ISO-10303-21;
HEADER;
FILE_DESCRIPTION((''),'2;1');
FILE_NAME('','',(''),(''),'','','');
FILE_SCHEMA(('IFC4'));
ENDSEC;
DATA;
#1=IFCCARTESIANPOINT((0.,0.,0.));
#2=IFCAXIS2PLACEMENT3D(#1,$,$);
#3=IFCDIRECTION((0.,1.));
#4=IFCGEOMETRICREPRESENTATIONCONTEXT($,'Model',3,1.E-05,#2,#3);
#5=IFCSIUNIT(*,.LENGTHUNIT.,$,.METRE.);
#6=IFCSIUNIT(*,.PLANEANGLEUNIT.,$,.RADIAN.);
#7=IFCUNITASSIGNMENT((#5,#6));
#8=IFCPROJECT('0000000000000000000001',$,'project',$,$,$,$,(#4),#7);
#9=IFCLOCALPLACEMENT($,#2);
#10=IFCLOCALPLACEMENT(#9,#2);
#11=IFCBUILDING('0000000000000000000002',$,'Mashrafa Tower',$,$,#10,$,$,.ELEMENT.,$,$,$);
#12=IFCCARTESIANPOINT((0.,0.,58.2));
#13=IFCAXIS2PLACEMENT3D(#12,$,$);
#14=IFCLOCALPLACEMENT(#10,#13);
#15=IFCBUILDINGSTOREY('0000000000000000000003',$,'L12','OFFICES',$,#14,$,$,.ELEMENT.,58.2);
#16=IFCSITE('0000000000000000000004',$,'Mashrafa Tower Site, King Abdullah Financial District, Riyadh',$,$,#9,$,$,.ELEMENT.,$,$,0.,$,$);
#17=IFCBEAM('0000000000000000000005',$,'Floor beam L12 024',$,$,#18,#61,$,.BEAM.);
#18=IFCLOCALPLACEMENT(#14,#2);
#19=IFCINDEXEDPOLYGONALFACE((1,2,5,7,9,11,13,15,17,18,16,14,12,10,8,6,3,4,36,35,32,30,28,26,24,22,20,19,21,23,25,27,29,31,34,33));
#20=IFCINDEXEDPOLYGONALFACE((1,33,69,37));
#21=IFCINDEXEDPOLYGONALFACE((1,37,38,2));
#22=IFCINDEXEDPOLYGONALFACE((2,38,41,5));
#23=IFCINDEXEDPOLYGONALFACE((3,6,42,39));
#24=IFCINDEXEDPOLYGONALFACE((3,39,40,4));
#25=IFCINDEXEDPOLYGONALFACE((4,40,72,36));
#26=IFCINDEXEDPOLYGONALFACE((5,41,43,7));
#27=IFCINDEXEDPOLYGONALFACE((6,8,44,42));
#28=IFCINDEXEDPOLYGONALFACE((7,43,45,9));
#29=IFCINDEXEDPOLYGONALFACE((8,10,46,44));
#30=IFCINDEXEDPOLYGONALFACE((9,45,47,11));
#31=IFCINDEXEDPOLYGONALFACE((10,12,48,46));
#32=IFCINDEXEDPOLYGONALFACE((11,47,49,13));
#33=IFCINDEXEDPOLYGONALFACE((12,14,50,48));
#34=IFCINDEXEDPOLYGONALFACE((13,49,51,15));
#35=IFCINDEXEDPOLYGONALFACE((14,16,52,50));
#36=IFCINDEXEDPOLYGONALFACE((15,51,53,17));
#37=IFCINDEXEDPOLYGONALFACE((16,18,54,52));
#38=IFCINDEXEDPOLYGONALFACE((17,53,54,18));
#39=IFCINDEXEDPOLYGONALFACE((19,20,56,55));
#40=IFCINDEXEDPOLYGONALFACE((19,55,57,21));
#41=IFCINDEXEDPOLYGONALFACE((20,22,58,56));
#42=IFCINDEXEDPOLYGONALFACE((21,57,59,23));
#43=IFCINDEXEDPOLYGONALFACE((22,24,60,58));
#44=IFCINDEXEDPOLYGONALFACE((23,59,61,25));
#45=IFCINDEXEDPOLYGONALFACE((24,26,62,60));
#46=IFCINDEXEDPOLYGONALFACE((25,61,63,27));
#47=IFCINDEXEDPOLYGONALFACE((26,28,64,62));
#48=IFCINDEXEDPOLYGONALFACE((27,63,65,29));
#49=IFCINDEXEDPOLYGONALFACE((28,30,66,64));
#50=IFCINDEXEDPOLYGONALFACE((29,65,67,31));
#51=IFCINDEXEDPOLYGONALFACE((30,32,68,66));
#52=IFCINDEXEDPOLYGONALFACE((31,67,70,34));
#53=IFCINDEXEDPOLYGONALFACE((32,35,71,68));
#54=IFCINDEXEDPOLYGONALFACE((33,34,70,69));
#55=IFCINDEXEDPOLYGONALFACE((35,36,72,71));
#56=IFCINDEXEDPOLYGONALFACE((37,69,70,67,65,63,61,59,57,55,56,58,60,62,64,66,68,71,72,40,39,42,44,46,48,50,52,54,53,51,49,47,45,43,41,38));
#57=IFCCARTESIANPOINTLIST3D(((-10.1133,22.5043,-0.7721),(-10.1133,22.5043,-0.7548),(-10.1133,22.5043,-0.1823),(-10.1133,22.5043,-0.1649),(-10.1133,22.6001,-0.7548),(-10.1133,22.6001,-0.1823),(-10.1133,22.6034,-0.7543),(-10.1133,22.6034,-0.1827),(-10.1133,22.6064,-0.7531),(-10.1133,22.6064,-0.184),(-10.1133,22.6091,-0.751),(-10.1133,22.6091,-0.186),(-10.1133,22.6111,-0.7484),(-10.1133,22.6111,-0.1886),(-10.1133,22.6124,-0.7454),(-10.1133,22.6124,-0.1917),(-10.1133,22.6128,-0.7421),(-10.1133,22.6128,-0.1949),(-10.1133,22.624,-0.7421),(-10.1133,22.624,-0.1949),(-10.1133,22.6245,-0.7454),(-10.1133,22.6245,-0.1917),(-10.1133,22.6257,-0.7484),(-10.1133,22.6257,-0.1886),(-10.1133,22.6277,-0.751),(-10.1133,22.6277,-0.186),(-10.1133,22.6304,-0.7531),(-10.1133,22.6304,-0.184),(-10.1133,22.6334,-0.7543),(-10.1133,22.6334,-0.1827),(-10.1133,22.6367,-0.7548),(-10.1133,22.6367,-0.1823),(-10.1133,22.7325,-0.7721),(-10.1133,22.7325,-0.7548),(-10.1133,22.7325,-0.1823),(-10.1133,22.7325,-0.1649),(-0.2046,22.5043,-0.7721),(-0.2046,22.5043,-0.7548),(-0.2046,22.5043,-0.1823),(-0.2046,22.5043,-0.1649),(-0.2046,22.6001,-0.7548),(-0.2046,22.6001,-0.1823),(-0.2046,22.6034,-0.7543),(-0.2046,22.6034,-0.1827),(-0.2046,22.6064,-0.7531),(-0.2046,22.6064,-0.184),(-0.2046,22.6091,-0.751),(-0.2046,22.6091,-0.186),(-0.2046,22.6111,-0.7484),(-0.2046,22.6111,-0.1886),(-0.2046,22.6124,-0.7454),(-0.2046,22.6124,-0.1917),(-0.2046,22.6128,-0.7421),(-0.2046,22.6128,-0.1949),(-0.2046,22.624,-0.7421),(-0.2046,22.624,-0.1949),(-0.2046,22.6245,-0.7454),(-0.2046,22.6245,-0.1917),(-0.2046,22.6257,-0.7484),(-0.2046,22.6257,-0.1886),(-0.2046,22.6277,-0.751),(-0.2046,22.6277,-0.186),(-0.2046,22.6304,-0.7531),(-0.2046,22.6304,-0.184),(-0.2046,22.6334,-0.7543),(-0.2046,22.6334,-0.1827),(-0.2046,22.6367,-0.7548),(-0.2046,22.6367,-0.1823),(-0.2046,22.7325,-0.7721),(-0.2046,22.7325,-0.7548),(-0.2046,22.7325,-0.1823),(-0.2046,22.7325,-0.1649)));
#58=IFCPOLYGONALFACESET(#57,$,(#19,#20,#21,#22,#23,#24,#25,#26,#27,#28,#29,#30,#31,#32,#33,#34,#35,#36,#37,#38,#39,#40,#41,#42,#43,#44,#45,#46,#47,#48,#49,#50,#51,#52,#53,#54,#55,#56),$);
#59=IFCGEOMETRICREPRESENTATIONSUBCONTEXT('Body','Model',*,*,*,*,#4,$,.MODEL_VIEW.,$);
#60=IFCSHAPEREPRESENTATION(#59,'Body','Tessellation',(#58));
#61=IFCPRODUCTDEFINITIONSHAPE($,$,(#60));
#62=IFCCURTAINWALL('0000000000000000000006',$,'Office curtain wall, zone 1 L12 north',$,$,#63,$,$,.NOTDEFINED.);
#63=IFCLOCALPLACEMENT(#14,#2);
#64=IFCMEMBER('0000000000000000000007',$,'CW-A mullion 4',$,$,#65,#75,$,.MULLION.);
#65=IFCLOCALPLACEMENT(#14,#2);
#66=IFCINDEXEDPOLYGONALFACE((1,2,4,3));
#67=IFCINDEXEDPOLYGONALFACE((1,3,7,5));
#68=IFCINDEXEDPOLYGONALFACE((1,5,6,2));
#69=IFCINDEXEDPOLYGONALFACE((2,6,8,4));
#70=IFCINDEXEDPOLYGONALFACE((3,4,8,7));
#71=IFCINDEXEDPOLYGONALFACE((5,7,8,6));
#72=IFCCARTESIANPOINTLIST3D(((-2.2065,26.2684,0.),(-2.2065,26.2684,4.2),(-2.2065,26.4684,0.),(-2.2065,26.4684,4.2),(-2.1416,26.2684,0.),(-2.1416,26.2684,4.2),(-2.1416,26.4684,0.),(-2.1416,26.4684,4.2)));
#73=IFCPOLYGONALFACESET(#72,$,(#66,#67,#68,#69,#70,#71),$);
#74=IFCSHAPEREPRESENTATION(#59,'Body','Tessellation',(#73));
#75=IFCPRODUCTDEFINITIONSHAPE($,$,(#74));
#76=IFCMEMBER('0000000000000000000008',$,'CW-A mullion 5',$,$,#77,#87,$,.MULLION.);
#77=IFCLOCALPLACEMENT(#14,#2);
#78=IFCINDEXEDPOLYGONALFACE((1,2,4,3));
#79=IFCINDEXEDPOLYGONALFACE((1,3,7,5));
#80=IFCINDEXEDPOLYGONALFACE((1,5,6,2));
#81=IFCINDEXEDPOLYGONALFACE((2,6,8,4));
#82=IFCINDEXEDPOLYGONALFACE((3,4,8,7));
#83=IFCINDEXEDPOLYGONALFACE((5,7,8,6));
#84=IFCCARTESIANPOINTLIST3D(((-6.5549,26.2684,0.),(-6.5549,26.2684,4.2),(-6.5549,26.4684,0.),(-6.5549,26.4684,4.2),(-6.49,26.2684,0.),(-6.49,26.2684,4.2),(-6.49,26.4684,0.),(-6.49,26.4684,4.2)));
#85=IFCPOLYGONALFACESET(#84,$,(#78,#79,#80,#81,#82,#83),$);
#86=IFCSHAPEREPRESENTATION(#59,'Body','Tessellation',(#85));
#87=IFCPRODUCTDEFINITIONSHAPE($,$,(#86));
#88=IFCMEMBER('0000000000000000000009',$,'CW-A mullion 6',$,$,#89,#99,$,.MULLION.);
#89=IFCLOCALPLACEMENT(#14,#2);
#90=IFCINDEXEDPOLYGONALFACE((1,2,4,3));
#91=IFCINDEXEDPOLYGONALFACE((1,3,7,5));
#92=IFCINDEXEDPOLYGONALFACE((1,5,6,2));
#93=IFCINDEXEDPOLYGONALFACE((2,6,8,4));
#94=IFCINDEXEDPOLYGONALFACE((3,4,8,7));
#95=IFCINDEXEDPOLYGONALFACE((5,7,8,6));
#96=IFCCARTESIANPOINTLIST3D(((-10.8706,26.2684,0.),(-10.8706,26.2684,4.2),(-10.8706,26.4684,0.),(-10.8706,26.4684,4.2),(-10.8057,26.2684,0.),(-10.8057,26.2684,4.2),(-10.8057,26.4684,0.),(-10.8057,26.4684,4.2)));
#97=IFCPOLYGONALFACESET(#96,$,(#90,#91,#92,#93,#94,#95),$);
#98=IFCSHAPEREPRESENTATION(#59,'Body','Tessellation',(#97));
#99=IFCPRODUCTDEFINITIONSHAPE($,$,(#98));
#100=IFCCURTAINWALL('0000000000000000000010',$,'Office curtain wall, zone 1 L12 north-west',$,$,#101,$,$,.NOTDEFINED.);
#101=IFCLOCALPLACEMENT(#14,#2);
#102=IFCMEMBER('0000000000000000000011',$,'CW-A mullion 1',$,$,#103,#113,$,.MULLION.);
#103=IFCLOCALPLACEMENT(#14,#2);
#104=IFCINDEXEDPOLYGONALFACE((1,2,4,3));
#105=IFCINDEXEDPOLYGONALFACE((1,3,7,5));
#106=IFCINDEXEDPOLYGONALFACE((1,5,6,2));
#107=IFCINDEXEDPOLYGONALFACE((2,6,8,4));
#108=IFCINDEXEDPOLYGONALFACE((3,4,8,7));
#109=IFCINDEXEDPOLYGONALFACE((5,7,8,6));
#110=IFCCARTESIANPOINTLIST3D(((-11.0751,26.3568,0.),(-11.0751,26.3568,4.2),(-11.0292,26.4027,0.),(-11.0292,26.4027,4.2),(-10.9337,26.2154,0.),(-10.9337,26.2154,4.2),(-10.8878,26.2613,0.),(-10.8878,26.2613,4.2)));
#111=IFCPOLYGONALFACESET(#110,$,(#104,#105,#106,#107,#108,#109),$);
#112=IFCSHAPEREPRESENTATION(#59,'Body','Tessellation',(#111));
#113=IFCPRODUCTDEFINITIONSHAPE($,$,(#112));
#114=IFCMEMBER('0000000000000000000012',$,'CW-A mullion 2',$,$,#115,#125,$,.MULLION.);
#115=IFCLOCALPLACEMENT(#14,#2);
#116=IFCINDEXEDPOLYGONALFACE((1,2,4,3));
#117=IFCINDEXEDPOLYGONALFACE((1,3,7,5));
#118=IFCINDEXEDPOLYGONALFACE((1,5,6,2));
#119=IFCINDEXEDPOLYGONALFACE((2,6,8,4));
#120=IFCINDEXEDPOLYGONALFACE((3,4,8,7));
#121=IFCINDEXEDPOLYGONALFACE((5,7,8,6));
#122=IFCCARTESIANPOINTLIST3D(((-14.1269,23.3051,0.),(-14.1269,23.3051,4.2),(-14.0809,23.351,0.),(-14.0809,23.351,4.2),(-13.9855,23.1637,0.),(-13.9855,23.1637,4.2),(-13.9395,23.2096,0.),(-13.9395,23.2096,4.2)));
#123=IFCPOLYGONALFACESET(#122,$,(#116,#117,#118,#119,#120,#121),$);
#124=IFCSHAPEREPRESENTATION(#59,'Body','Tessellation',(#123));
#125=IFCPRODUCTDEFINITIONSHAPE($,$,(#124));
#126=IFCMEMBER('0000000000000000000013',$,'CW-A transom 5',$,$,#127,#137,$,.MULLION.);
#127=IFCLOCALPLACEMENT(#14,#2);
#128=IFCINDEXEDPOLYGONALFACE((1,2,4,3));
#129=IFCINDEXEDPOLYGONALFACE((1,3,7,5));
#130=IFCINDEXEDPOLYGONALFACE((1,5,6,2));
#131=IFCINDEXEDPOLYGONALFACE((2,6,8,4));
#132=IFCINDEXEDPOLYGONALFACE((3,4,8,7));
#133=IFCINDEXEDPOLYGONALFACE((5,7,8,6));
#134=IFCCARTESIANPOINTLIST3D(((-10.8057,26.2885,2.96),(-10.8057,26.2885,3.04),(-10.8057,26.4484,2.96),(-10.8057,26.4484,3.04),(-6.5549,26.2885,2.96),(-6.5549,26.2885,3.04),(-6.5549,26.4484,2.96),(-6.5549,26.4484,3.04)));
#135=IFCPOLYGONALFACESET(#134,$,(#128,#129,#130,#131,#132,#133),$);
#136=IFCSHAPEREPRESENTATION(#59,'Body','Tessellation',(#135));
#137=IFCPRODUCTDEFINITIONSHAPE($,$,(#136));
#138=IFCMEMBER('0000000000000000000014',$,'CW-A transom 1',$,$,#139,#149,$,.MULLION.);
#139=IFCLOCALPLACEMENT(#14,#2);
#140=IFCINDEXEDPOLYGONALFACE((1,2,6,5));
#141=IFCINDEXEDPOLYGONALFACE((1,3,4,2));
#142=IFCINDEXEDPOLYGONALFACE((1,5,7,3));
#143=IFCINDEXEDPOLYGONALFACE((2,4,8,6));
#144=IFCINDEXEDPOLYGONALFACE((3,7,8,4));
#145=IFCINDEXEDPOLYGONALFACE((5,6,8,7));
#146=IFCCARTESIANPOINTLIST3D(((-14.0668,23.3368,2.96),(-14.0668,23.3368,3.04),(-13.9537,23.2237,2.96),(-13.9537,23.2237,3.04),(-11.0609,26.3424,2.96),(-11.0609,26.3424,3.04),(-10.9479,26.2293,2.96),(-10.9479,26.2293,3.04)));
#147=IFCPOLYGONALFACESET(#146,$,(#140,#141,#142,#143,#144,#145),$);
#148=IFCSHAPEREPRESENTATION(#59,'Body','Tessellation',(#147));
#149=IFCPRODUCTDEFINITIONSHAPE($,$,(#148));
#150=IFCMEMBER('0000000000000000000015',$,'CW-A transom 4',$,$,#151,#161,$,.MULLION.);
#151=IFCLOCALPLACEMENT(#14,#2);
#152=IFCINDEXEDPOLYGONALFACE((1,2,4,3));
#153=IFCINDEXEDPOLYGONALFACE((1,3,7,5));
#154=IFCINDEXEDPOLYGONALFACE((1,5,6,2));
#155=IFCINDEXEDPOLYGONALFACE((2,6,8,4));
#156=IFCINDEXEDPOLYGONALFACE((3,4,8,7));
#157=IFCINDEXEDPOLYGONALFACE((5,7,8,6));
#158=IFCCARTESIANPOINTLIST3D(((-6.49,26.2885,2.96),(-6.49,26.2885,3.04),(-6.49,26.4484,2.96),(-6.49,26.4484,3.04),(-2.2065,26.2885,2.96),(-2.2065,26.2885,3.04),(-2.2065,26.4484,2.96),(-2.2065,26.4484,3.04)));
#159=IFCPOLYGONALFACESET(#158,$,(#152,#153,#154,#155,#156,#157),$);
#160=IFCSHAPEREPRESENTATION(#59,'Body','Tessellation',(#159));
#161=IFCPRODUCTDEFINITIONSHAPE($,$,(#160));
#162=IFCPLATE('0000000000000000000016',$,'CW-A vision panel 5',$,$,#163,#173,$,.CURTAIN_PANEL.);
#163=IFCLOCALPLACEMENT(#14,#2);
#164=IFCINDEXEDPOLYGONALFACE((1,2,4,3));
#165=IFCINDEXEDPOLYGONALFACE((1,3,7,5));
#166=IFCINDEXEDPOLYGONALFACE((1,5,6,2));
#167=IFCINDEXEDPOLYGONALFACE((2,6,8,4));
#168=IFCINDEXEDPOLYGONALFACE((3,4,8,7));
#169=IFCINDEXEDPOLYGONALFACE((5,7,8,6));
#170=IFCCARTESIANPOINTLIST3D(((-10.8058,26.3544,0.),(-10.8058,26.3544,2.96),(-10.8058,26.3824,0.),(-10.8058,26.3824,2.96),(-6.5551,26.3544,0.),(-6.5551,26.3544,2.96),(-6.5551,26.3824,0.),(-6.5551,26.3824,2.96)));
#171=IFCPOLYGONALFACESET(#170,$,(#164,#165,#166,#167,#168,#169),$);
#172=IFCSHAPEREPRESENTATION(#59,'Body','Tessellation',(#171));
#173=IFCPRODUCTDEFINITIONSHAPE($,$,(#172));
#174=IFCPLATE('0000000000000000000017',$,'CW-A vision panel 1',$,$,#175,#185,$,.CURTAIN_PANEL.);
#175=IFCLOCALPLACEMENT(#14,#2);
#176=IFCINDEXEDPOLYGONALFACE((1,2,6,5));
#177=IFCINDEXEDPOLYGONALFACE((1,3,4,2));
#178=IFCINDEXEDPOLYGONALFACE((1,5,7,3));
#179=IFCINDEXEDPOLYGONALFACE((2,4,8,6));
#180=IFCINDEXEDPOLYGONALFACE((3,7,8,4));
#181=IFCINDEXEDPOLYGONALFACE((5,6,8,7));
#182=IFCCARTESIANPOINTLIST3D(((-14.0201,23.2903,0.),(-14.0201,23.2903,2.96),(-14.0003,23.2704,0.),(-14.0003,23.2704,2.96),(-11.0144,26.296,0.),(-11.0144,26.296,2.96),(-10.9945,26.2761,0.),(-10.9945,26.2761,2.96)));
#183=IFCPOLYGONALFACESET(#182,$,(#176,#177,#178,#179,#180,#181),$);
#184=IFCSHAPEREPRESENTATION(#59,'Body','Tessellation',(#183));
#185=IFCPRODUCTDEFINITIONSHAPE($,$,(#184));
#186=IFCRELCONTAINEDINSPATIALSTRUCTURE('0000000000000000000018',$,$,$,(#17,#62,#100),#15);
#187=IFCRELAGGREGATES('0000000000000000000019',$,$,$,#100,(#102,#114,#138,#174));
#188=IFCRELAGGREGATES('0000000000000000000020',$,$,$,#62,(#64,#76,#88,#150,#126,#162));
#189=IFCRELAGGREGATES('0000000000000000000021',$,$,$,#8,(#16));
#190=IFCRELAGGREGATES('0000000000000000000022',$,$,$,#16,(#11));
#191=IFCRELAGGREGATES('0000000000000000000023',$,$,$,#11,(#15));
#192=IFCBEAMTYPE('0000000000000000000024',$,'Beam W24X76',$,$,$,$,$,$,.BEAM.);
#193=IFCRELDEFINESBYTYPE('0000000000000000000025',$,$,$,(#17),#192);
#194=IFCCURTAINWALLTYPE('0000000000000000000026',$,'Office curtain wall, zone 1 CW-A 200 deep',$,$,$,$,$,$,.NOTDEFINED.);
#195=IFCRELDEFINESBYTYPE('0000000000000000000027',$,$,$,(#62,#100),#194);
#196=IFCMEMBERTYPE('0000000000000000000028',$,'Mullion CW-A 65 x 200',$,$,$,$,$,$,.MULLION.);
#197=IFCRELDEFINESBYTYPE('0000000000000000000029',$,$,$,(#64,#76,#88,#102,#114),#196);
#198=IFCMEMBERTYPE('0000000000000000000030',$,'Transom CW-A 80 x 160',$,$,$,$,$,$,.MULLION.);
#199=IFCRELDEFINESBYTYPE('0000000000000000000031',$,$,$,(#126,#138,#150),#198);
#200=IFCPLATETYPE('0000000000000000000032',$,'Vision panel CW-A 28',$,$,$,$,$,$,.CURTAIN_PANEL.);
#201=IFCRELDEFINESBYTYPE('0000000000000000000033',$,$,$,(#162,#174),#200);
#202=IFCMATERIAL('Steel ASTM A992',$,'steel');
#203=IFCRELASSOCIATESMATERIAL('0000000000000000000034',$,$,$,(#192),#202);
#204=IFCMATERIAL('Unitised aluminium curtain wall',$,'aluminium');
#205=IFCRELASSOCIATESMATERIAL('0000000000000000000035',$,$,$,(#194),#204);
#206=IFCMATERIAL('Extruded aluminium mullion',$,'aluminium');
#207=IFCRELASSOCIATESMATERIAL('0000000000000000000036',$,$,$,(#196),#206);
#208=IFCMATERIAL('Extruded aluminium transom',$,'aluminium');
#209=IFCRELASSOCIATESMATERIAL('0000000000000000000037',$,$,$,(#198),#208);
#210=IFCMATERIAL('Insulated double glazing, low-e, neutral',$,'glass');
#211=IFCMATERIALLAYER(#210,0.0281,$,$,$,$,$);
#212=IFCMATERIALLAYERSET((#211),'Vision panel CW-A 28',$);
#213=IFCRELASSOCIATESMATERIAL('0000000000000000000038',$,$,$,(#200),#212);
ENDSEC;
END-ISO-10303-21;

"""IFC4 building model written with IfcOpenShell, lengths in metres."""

from ifc_helpers import new_model, si_unit, direction, frame, origin, origin_2d, place, context, subcontext, project, spatial, rectangle, i_section, extrude, source, transform, mapped, material, layer, layer_set, material_profile, profile_set, type_object, type_shapes, element, aggregate, save


model = new_model("IFC4")

# Units and contexts
model_context = context("Model", 3, precision=1e-05, world=origin(), true_north=direction((0.0, 1.0)))
body_context = subcontext(model_context, "Body", "Model", "MODEL_VIEW")
ifc_project = project(units=[si_unit("LENGTHUNIT", "METRE"), si_unit("PLANEANGLEUNIT", "RADIAN")], contexts=[model_context])

# Site, building, storey
site_placement = place(None, origin())
site = spatial("IfcSite", under=ifc_project, at=site_placement, Name="Mashrafa Tower Site, King Abdullah Financial District, Riyadh", CompositionType="ELEMENT", RefElevation=0.0)
building_placement = place(site_placement, origin())
building = spatial("IfcBuilding", under=site, at=building_placement, Name="Mashrafa Tower", CompositionType="ELEMENT")
storey_placement = place(building_placement, frame((0.0, 0.0, 58.2)))
storey = spatial("IfcBuildingStorey", under=building, at=storey_placement, Name="L12", Description="OFFICES", CompositionType="ELEMENT", Elevation=58.2)

# Beam
ifc_material_1 = material(Name="Steel ASTM A992", Category="steel")
ifc_material_profile_1 = material_profile(ifc_material_1, i_section(OverallWidth=0.2283, OverallDepth=0.6072, WebThickness=0.0112, FlangeThickness=0.0173, FilletRadius=0.0127, at=origin_2d()), Name="W24X76")
ifc_profile_set_1 = profile_set([ifc_material_profile_1], Name="Steel ASTM A992")
beam_type_1 = type_object("IfcBeamType", Name="Beam W24X76", PredefinedType="BEAM", material=ifc_profile_set_1)
beam_1_placement = place(storey_placement, frame((-10.1133, 22.6184, -0.4685), z_axis=(1.0, 0.0, 0.0), x_axis=(0.0, 1.0, 0.0)))
element("IfcBeam", 1, at=beam_1_placement, inside=storey, type_object=beam_type_1, Name="Floor beam L12 024", PredefinedType="BEAM", context=body_context, shape_type="SweptSolid", body=[
    extrude(i_section(OverallWidth=0.2283, OverallDepth=0.6072, WebThickness=0.0112, FlangeThickness=0.0173, FilletRadius=0.0127, at=origin_2d()), origin(), (0.0, 0.0, 1.0), 9.9087),
])

# Curtain walls, members
ifc_material_2 = material(Name="Unitised aluminium curtain wall", Category="aluminium")
curtain_wall_type = type_object("IfcCurtainWallType", Name="Office curtain wall, zone 1 CW-A 200 deep", PredefinedType="NOTDEFINED", material=ifc_material_2)
curtain_wall_1_placement = place(storey_placement, origin())
curtain_wall_1 = element("IfcCurtainWall", 2, at=curtain_wall_1_placement, inside=storey, type_object=curtain_wall_type, Name="Office curtain wall, zone 1 L12 north", PredefinedType="NOTDEFINED")
ifc_material_3 = material(Name="Extruded aluminium mullion", Category="aluminium")
ifc_material_profile_2 = material_profile(ifc_material_3, rectangle(XDim=0.2, YDim=0.0649, at=origin_2d()), Name="Mullion 65x200")
ifc_profile_set_2 = profile_set([ifc_material_profile_2], Name="Extruded aluminium mullion")
member_type_1 = type_object("IfcMemberType", Name="Mullion CW-A 65 x 200", PredefinedType="MULLION", material=ifc_profile_set_2)
shared_shape_1 = source(origin(), body_context, "Body", "SweptSolid", [
    extrude(rectangle(XDim=0.2, YDim=0.0649, at=origin_2d()), origin(), (0.0, 0.0, 1.0), 4.2),
])
type_shapes(member_type_1, [shared_shape_1])
member_1_placement = place(storey_placement, frame((-2.1741, 26.3684, 0.0), z_axis=(0.0, 0.0, 1.0), x_axis=(0.0, -1.0, 0.0)))
member_1 = element("IfcMember", 3, at=member_1_placement, type_object=member_type_1, Name="CW-A mullion 4", PredefinedType="MULLION", context=body_context, shape_type="MappedRepresentation", body=[
    mapped(shared_shape_1, transform((0.0, 0.0, 0.0))),
])
member_2_placement = place(storey_placement, frame((-6.5225, 26.3684, 0.0), z_axis=(0.0, 0.0, 1.0), x_axis=(0.0, -1.0, 0.0)))
member_2 = element("IfcMember", 4, at=member_2_placement, type_object=member_type_1, Name="CW-A mullion 5", PredefinedType="MULLION", context=body_context, shape_type="MappedRepresentation", body=[
    mapped(shared_shape_1, transform((0.0, 0.0, 0.0))),
])
member_3_placement = place(storey_placement, frame((-10.8381, 26.3684, 0.0), z_axis=(0.0, 0.0, 1.0), x_axis=(0.0, -1.0, 0.0)))
member_3 = element("IfcMember", 5, at=member_3_placement, type_object=member_type_1, Name="CW-A mullion 6", PredefinedType="MULLION", context=body_context, shape_type="MappedRepresentation", body=[
    mapped(shared_shape_1, transform((0.0, 0.0, 0.0))),
])
curtain_wall_2_placement = place(storey_placement, origin())
curtain_wall_2 = element("IfcCurtainWall", 6, at=curtain_wall_2_placement, inside=storey, type_object=curtain_wall_type, Name="Office curtain wall, zone 1 L12 north-west", PredefinedType="NOTDEFINED")
member_4_placement = place(storey_placement, frame((-10.9814, 26.3091, 0.0), z_axis=(0.0, 0.0, 1.0), x_axis=(0.707107, -0.707107, 0.0)))
member_4 = element("IfcMember", 7, at=member_4_placement, type_object=member_type_1, Name="CW-A mullion 1", PredefinedType="MULLION", context=body_context, shape_type="MappedRepresentation", body=[
    mapped(shared_shape_1, transform((0.0, 0.0, 0.0))),
])
member_5_placement = place(storey_placement, frame((-14.0332, 23.2573, 0.0), z_axis=(0.0, 0.0, 1.0), x_axis=(0.707107, -0.707107, 0.0)))
member_5 = element("IfcMember", 8, at=member_5_placement, type_object=member_type_1, Name="CW-A mullion 2", PredefinedType="MULLION", context=body_context, shape_type="MappedRepresentation", body=[
    mapped(shared_shape_1, transform((0.0, 0.0, 0.0))),
])

# Members
ifc_material_4 = material(Name="Extruded aluminium transom", Category="aluminium")
ifc_material_profile_3 = material_profile(ifc_material_4, rectangle(XDim=0.1599, YDim=0.0801, at=origin_2d()), Name="Transom 80x160")
ifc_profile_set_3 = profile_set([ifc_material_profile_3], Name="Extruded aluminium transom")
member_type_2 = type_object("IfcMemberType", Name="Transom CW-A 80 x 160", PredefinedType="MULLION", material=ifc_profile_set_3)
shared_shape_2 = source(origin(), body_context, "Body", "SweptSolid", [
    extrude(rectangle(XDim=0.1599, YDim=0.0801, at=origin_2d()), origin(), (0.0, 0.0, 1.0), 4.2507),
])
member_6_placement = place(storey_placement, frame((-6.5549, 26.3684, 3.0), z_axis=(-1.0, 0.0, 0.0), x_axis=(0.0, -1.0, 0.0)))
member_6 = element("IfcMember", 9, at=member_6_placement, type_object=member_type_2, Name="CW-A transom 5", PredefinedType="MULLION", context=body_context, shape_type="MappedRepresentation", body=[
    mapped(shared_shape_2, transform((0.0, 0.0, 0.0))),
])
member_7_placement = place(storey_placement, frame((-11.0044, 26.2859, 3.0), z_axis=(-0.707135, -0.707078, 0.0), x_axis=(0.707078, -0.707135, 0.0)))
member_7 = element("IfcMember", 10, at=member_7_placement, type_object=member_type_2, Name="CW-A transom 1", PredefinedType="MULLION", context=body_context, shape_type="MappedRepresentation", body=[
    mapped(shared_shape_2, transform((0.0, 0.0, 0.0))),
])
shared_shape_3 = source(origin(), body_context, "Body", "SweptSolid", [
    extrude(rectangle(XDim=0.1599, YDim=0.0801, at=origin_2d()), origin(), (0.0, 0.0, 1.0), 4.2834),
])
type_shapes(member_type_2, [shared_shape_2, shared_shape_3])
member_8_placement = place(storey_placement, frame((-2.2065, 26.3684, 3.0), z_axis=(-1.0, 0.0, 0.0), x_axis=(0.0, -1.0, 0.0)))
member_8 = element("IfcMember", 11, at=member_8_placement, type_object=member_type_2, Name="CW-A transom 4", PredefinedType="MULLION", context=body_context, shape_type="MappedRepresentation", body=[
    mapped(shared_shape_3, transform((0.0, 0.0, 0.0))),
])

# Plates
ifc_material_5 = material(Name="Insulated double glazing, low-e, neutral", Category="glass")
ifc_layer_1 = layer(ifc_material_5, 0.0281)
ifc_layer_set_1 = layer_set([ifc_layer_1], Name="Vision panel CW-A 28")
plate_type_1 = type_object("IfcPlateType", Name="Vision panel CW-A 28", PredefinedType="CURTAIN_PANEL", material=ifc_layer_set_1)
shared_shape_4 = source(origin(), body_context, "Body", "SweptSolid", [
    extrude(rectangle(XDim=4.2507, YDim=0.0281, at=origin_2d()), origin(), (0.0, 0.0, 1.0), 2.96),
])
plate_1_placement = place(storey_placement, frame((-8.6804, 26.3684, 0.0), z_axis=(0.0, 0.0, 1.0), x_axis=(-1.0, 0.0, 0.0)))
plate_1 = element("IfcPlate", 12, at=plate_1_placement, type_object=plate_type_1, Name="CW-A vision panel 5", PredefinedType="CURTAIN_PANEL", context=body_context, shape_type="MappedRepresentation", body=[
    mapped(shared_shape_4, transform((0.0, 0.0, 0.0))),
])
plate_2_placement = place(storey_placement, frame((-12.5073, 24.7832, 0.0), z_axis=(0.0, 0.0, 1.0), x_axis=(-0.707107, -0.707107, 0.0)))
plate_2 = element("IfcPlate", 13, at=plate_2_placement, type_object=plate_type_1, Name="CW-A vision panel 1", PredefinedType="CURTAIN_PANEL", context=body_context, shape_type="MappedRepresentation", body=[
    mapped(shared_shape_4, transform((0.0, 0.0, 0.0))),
])
aggregate(curtain_wall_2, [member_4, member_5, member_7, plate_2])
aggregate(curtain_wall_1, [member_1, member_2, member_3, member_8, member_6, plate_1])

save(model, "model.ifc")
